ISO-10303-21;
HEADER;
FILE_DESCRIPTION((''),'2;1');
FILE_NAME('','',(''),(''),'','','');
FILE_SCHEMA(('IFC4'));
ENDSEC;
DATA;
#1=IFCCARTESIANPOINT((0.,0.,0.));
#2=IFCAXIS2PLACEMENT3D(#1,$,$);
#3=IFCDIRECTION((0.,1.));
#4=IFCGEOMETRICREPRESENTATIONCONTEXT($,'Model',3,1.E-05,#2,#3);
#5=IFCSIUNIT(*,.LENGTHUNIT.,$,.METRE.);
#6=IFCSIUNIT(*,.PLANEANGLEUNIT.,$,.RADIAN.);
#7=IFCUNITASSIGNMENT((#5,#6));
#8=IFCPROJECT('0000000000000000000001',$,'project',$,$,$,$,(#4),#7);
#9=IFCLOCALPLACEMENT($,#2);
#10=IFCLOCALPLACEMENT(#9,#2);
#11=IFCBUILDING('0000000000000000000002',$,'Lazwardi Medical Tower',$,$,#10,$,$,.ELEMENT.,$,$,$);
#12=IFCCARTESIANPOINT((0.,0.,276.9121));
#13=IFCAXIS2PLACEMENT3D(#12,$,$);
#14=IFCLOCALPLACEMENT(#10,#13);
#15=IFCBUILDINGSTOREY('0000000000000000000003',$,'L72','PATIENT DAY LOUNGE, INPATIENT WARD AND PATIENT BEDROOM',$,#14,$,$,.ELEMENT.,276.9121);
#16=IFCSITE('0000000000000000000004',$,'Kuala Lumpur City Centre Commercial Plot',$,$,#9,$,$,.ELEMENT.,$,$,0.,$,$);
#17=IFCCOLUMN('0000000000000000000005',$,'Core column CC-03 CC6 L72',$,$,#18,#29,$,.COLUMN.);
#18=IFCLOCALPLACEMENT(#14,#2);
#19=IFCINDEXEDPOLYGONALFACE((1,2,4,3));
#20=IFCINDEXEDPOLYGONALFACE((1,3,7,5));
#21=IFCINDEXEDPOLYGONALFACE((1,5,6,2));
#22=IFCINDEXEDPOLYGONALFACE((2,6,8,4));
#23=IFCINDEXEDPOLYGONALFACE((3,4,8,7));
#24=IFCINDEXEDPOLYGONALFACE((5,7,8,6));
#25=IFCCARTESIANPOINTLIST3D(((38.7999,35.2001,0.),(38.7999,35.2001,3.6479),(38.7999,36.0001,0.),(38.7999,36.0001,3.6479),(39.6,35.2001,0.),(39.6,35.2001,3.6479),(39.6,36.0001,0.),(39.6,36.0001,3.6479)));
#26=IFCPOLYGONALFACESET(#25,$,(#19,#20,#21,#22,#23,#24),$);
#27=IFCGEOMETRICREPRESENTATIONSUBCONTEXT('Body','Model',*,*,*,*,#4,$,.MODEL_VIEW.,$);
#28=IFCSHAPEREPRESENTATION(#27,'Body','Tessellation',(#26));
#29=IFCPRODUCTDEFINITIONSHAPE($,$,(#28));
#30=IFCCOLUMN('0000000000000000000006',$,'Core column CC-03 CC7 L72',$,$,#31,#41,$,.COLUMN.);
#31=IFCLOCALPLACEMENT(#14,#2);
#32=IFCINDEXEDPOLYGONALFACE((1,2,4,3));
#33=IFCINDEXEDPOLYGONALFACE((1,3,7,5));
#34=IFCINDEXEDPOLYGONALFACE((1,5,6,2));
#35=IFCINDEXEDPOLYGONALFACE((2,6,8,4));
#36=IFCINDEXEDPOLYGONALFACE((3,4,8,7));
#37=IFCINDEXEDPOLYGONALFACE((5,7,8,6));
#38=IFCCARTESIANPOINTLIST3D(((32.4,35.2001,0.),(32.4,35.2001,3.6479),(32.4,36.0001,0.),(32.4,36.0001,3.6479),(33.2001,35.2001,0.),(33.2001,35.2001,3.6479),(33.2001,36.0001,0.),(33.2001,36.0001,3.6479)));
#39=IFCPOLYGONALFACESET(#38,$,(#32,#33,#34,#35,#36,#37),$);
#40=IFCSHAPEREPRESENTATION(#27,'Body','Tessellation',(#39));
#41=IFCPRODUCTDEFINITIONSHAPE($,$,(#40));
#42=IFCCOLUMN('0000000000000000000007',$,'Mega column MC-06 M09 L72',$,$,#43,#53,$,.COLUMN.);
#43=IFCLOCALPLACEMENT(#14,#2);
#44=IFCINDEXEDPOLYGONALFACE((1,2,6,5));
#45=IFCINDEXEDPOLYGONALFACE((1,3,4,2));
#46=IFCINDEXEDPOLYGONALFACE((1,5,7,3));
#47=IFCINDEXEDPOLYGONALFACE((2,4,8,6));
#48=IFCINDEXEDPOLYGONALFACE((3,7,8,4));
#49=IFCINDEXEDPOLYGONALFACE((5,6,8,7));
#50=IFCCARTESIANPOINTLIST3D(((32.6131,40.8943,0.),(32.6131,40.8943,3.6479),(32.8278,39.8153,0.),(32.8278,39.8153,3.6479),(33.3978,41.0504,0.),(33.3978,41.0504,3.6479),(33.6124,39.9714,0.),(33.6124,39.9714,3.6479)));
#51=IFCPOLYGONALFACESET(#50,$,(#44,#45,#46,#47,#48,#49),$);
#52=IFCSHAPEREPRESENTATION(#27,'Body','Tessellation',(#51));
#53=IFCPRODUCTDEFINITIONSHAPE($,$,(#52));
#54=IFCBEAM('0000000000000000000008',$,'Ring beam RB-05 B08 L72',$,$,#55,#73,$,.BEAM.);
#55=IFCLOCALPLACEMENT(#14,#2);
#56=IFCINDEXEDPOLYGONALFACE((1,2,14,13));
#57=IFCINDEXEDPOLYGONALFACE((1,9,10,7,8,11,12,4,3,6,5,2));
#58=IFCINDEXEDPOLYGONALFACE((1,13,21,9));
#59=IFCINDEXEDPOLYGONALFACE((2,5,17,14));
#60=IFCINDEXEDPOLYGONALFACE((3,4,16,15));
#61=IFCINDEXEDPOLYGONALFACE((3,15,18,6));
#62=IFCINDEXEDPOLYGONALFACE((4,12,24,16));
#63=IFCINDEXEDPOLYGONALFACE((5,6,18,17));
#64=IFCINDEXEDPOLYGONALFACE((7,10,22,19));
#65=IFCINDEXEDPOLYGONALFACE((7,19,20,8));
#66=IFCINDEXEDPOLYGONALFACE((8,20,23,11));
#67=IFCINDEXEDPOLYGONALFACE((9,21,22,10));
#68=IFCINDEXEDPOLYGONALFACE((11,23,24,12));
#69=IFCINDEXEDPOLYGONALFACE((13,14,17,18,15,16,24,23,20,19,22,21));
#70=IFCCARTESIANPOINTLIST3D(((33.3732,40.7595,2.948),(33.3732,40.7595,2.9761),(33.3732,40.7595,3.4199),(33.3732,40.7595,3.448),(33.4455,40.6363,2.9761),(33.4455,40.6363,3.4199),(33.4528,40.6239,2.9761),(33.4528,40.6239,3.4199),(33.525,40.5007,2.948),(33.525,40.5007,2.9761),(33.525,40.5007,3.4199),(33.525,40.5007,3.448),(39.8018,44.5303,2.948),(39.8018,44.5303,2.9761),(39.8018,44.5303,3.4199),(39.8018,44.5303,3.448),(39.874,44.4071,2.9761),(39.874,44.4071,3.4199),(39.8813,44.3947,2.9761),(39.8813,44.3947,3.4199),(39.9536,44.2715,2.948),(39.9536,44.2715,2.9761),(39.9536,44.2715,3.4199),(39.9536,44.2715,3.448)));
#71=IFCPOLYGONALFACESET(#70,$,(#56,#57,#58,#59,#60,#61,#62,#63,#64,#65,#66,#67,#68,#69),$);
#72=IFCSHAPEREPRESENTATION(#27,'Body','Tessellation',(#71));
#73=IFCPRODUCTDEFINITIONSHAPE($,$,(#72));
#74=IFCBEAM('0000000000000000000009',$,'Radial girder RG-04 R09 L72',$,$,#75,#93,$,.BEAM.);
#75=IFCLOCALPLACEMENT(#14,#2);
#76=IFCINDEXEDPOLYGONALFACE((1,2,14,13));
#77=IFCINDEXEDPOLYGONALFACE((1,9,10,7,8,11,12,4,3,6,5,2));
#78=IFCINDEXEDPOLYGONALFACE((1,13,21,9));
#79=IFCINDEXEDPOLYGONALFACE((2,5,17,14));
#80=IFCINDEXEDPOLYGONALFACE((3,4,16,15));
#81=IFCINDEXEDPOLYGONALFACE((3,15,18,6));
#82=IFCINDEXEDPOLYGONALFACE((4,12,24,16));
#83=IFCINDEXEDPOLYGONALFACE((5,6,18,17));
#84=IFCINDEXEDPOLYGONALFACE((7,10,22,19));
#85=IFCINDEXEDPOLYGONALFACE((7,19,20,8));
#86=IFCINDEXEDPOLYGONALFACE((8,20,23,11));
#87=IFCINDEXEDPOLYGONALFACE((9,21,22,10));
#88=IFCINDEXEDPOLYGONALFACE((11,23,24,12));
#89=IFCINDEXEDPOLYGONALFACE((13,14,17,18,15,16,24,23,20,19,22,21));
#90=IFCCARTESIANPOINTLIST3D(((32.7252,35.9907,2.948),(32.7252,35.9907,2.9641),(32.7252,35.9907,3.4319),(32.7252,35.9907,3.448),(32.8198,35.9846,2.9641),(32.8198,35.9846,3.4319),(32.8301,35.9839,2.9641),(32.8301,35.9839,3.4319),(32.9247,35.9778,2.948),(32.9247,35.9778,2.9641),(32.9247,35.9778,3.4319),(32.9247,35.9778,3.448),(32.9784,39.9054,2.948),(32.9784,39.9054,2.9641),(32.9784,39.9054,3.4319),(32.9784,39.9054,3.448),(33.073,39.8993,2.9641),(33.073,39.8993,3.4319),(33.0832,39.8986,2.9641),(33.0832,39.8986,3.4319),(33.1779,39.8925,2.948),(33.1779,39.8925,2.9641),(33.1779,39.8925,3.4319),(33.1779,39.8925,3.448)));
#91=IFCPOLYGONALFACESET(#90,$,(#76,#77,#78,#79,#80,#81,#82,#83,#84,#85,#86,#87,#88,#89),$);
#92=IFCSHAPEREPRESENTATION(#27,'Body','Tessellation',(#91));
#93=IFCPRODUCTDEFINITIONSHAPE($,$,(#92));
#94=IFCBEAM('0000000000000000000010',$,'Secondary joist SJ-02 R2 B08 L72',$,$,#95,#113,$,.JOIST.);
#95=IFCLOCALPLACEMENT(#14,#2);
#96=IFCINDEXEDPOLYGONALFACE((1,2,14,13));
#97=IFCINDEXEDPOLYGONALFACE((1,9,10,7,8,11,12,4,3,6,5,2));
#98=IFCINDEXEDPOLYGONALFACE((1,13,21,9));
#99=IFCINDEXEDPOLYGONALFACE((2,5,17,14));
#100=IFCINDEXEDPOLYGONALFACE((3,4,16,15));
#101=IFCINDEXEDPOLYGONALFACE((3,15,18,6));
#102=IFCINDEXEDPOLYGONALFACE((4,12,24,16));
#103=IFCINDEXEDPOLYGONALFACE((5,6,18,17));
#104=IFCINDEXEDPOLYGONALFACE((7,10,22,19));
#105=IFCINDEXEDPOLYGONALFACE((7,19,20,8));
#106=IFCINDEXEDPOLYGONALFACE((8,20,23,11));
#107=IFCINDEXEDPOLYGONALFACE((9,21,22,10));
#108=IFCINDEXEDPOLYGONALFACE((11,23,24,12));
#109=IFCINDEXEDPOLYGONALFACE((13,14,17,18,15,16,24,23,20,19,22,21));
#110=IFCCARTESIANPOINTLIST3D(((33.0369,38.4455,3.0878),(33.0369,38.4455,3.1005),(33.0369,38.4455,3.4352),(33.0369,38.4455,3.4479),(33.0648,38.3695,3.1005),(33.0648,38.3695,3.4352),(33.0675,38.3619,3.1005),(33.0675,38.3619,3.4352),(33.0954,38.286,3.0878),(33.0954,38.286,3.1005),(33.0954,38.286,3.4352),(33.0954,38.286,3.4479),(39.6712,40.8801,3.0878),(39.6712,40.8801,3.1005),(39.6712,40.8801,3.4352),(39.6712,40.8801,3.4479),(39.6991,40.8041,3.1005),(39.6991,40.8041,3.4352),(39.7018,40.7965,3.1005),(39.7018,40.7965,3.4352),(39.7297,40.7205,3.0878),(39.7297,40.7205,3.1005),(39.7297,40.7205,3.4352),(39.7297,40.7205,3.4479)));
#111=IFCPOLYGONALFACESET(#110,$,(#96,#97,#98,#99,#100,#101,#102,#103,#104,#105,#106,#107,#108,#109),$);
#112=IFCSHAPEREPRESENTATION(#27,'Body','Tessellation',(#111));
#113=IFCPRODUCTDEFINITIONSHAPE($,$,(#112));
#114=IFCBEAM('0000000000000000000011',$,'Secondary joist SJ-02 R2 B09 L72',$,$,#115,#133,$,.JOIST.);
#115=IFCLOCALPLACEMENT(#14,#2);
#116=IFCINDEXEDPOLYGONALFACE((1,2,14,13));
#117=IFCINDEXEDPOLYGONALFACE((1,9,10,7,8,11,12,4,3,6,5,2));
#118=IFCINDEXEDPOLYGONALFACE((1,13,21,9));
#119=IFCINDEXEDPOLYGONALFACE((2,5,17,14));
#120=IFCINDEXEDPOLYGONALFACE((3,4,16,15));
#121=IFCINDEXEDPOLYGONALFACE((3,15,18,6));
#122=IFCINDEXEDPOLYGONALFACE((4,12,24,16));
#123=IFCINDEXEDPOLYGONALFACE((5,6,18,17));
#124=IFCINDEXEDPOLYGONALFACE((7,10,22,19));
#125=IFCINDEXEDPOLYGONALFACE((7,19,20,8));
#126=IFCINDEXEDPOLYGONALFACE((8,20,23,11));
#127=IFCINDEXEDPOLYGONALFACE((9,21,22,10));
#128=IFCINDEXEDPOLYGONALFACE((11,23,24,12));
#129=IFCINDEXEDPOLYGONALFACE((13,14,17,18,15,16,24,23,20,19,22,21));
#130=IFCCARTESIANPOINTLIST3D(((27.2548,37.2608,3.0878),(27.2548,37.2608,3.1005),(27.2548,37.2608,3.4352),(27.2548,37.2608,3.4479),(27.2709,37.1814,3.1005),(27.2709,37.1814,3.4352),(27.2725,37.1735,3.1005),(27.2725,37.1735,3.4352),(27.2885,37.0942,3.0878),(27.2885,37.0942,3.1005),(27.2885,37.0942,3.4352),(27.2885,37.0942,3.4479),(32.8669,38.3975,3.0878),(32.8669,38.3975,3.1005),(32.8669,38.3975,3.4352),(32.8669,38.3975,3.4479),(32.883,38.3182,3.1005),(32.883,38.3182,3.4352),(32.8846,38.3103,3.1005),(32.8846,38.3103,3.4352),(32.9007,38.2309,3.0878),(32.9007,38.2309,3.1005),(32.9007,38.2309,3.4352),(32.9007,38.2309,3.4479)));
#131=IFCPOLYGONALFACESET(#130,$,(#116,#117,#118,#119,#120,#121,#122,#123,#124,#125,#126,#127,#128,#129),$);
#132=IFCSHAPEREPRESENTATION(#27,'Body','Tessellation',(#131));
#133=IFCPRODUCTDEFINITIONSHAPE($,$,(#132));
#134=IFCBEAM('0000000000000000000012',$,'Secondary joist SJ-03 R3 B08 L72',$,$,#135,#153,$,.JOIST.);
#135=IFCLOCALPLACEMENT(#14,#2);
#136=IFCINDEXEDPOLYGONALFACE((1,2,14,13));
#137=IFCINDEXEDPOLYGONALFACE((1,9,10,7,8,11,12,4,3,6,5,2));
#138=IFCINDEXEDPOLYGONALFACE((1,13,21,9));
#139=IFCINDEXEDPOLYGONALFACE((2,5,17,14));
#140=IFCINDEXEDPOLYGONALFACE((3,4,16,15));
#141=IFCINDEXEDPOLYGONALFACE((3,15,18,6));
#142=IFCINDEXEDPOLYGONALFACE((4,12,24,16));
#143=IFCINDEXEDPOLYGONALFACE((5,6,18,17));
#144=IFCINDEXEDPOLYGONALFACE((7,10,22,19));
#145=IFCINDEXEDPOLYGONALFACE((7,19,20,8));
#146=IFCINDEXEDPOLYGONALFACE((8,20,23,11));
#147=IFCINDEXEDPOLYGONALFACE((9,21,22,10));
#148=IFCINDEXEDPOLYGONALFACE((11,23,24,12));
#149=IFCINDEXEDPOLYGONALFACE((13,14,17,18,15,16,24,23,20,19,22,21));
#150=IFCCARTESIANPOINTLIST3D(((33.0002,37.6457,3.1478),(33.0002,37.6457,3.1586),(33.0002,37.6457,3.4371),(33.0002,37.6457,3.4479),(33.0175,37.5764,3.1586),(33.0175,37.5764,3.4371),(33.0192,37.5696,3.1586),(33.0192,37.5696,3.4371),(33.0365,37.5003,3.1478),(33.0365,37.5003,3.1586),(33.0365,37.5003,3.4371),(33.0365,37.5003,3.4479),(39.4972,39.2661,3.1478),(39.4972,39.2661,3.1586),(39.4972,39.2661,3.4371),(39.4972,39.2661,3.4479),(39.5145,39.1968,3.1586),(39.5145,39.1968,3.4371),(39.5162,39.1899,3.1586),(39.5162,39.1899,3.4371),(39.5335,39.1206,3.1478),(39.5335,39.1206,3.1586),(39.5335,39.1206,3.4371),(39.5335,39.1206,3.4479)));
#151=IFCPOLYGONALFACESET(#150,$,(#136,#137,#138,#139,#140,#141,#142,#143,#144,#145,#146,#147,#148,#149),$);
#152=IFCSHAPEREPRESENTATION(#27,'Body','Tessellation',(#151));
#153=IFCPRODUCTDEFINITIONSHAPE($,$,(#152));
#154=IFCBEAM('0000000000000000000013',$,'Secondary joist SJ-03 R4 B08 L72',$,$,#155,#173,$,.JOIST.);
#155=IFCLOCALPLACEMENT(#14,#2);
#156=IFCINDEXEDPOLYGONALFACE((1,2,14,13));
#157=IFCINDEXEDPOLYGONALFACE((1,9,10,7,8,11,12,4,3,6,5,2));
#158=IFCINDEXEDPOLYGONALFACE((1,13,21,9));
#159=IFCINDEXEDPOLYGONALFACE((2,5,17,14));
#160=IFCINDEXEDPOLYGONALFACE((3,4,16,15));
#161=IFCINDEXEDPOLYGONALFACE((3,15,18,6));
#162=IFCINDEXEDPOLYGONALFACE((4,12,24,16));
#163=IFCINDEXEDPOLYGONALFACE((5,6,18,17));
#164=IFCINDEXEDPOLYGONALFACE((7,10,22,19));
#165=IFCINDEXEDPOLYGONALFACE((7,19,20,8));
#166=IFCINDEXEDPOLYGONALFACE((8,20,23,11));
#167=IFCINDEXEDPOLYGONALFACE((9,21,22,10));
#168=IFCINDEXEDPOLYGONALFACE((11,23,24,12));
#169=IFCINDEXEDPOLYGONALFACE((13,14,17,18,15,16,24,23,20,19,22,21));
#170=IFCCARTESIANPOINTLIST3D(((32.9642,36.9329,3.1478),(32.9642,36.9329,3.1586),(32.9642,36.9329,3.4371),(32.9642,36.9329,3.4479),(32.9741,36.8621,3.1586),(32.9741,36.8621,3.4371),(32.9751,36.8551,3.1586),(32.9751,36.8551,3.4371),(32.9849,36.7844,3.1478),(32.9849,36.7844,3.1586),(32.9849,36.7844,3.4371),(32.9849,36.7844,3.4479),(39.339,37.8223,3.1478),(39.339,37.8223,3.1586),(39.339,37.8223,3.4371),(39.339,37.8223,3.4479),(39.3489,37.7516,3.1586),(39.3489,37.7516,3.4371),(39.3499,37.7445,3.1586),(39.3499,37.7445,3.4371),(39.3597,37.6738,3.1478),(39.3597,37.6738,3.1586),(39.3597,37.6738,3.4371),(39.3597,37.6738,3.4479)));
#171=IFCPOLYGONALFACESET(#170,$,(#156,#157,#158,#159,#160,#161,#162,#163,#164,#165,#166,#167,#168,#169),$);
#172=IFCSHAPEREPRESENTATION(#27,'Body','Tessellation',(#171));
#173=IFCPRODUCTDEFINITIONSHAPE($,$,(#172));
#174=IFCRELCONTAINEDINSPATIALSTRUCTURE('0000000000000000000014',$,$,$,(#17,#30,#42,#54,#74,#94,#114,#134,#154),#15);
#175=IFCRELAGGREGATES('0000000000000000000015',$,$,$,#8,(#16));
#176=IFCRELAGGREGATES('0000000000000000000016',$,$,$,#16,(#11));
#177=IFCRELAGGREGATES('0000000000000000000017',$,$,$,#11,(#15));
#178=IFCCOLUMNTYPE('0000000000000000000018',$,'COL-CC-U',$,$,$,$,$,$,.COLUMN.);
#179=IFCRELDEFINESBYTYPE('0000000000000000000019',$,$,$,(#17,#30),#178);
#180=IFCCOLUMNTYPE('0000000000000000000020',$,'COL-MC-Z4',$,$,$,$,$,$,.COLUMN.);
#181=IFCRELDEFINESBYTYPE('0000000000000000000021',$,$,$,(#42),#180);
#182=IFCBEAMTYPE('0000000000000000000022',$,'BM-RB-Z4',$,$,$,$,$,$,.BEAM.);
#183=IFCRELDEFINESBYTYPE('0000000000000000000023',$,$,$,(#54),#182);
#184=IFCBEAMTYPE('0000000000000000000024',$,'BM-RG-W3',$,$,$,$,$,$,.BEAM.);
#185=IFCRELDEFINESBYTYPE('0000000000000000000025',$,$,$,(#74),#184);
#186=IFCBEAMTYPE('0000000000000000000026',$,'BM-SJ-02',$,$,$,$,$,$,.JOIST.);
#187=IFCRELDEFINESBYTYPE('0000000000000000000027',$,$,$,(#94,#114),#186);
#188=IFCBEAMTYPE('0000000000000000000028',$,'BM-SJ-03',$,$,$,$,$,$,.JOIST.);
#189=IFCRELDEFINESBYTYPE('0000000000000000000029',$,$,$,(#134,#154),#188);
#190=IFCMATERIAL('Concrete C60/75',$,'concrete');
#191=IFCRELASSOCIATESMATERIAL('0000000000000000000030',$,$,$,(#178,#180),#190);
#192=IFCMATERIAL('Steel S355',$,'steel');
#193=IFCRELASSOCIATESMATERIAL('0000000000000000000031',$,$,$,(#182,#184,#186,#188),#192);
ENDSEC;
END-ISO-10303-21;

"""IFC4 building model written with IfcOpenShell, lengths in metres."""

from ifc_helpers import new_model, si_unit, direction, frame, origin, origin_2d, place, context, subcontext, project, spatial, rectangle, i_section, extrude, material, material_profile, profile_set, type_object, element, save


model = new_model("IFC4")

# Units and contexts
model_context = context("Model", 3, precision=1e-05, world=origin(), true_north=direction((0.0, 1.0)))
body_context = subcontext(model_context, "Body", "Model", "MODEL_VIEW")
ifc_project = project(units=[si_unit("LENGTHUNIT", "METRE"), si_unit("PLANEANGLEUNIT", "RADIAN")], contexts=[model_context])

# Site, building, storey
site_placement = place(None, origin())
site = spatial("IfcSite", under=ifc_project, at=site_placement, Name="Kuala Lumpur City Centre Commercial Plot", CompositionType="ELEMENT", RefElevation=0.0)
building_placement = place(site_placement, origin())
building = spatial("IfcBuilding", under=site, at=building_placement, Name="Lazwardi Medical Tower", CompositionType="ELEMENT")
storey_placement = place(building_placement, frame((0.0, 0.0, 276.9121)))
storey = spatial("IfcBuildingStorey", under=building, at=storey_placement, Name="L72", Description="PATIENT DAY LOUNGE, INPATIENT WARD AND PATIENT BEDROOM", CompositionType="ELEMENT", Elevation=276.9121)

# Columns
ifc_material_1 = material(Name="Concrete C60/75", Category="concrete")
ifc_material_profile_1 = material_profile(ifc_material_1, rectangle(XDim=0.8, YDim=0.8, at=origin_2d()), Name="RC 800x800")
ifc_profile_set_1 = profile_set([ifc_material_profile_1], Name="Concrete C60/75")
column_type_1 = type_object("IfcColumnType", Name="COL-CC-U", PredefinedType="COLUMN", material=ifc_profile_set_1)
for number, where, z_axis, x_axis, name in (
    (1, (39.2, 35.6001, 0.0), (0.0, 0.0, 1.0), (1.0, 0.0, 0.0), "Core column CC-03 CC6 L72"),
    (2, (32.8, 35.6001, 0.0), (0.0, 0.0, 1.0), (1.0, 0.0, 0.0), "Core column CC-03 CC7 L72"),
):
    element("IfcColumn", number, at=place(storey_placement, frame(where, z_axis=z_axis, x_axis=x_axis)), inside=storey, type_object=column_type_1, Name=name, PredefinedType="COLUMN", context=body_context, shape_type="SweptSolid", body=[
        extrude(rectangle(XDim=0.8, YDim=0.8, at=origin_2d()), origin(), (0.0, 0.0, 1.0), 3.6479),
    ])
ifc_material_profile_2 = material_profile(ifc_material_1, rectangle(XDim=1.1001, YDim=0.8, at=origin_2d()), Name="CFT-RECT 1100x800")
ifc_profile_set_2 = profile_set([ifc_material_profile_2], Name="Concrete C60/75")
column_type_2 = type_object("IfcColumnType", Name="COL-MC-Z4", PredefinedType="COLUMN", material=ifc_profile_set_2)
column_placement = place(storey_placement, frame((33.1128, 40.4329, 0.0), z_axis=(0.0, 0.0, 1.0), x_axis=(-0.19509, 0.980785, 0.0)))
element("IfcColumn", 3, at=column_placement, inside=storey, type_object=column_type_2, Name="Mega column MC-06 M09 L72", PredefinedType="COLUMN", context=body_context, shape_type="SweptSolid", body=[
    extrude(rectangle(XDim=1.1001, YDim=0.8, at=origin_2d()), origin(), (0.0, 0.0, 1.0), 3.6479),
])

# Beams
ifc_material_2 = material(Name="Steel S355", Category="steel")
ifc_material_profile_3 = material_profile(ifc_material_2, i_section(OverallWidth=0.3, OverallDepth=0.5, WebThickness=0.0144, FlangeThickness=0.0281, at=origin_2d()), Name="HEB 500")
ifc_profile_set_3 = profile_set([ifc_material_profile_3], Name="Steel S355")
beam_type_1 = type_object("IfcBeamType", Name="BM-RB-Z4", PredefinedType="BEAM", material=ifc_profile_set_3)
beam_1_placement = place(storey_placement, frame((39.8777, 44.4009, 3.198), z_axis=(-0.862561, -0.505953, 0.0), x_axis=(0.505953, -0.862561, 0.0)))
element("IfcBeam", 4, at=beam_1_placement, inside=storey, type_object=beam_type_1, Name="Ring beam RB-05 B08 L72", PredefinedType="BEAM", context=body_context, shape_type="SweptSolid", body=[
    extrude(i_section(OverallWidth=0.3, OverallDepth=0.5, WebThickness=0.0144, FlangeThickness=0.0281, at=origin_2d()), origin(), (0.0, 0.0, 1.0), 7.4529),
])
ifc_material_profile_4 = material_profile(ifc_material_2, i_section(OverallWidth=0.2, OverallDepth=0.5, WebThickness=0.0103, FlangeThickness=0.0161, at=origin_2d()), Name="IPE 500")
ifc_profile_set_4 = profile_set([ifc_material_profile_4], Name="Steel S355")
beam_type_2 = type_object("IfcBeamType", Name="BM-RG-W3", PredefinedType="BEAM", material=ifc_profile_set_4)
beam_2_placement = place(storey_placement, frame((33.0781, 39.8989, 3.198), z_axis=(-0.064536, -0.997915, 0.0), x_axis=(0.997915, -0.064536, 0.0)))
element("IfcBeam", 5, at=beam_2_placement, inside=storey, type_object=beam_type_2, Name="Radial girder RG-04 R09 L72", PredefinedType="BEAM", context=body_context, shape_type="SweptSolid", body=[
    extrude(i_section(OverallWidth=0.2, OverallDepth=0.5, WebThickness=0.0103, FlangeThickness=0.0161, at=origin_2d()), origin(), (0.0, 0.0, 1.0), 3.9229),
])
ifc_material_profile_5 = material_profile(ifc_material_2, i_section(OverallWidth=0.1699, OverallDepth=0.3601, WebThickness=0.0081, FlangeThickness=0.0127, at=origin_2d()), Name="IPE 360")
ifc_profile_set_5 = profile_set([ifc_material_profile_5], Name="Steel S355")
beam_type_3 = type_object("IfcBeamType", Name="BM-SJ-02", PredefinedType="JOIST", material=ifc_profile_set_5)
beam_3_placement = place(storey_placement, frame((39.7004, 40.8003, 3.2678), z_axis=(-0.938785, -0.344504, 0.0), x_axis=(0.344504, -0.938785, 0.0)))
element("IfcBeam", 6, at=beam_3_placement, inside=storey, type_object=beam_type_3, Name="Secondary joist SJ-02 R2 B08 L72", PredefinedType="JOIST", context=body_context, shape_type="SweptSolid", body=[
    extrude(i_section(OverallWidth=0.1699, OverallDepth=0.3601, WebThickness=0.0081, FlangeThickness=0.0127, at=origin_2d()), origin(), (0.0, 0.0, 1.0), 7.0669),
])
beam_4_placement = place(storey_placement, frame((32.8838, 38.3142, 3.2678), z_axis=(-0.980097, -0.198518, 0.0), x_axis=(0.198518, -0.980097, 0.0)))
element("IfcBeam", 7, at=beam_4_placement, inside=storey, type_object=beam_type_3, Name="Secondary joist SJ-02 R2 B09 L72", PredefinedType="JOIST", context=body_context, shape_type="SweptSolid", body=[
    extrude(i_section(OverallWidth=0.1699, OverallDepth=0.3601, WebThickness=0.0081, FlangeThickness=0.0127, at=origin_2d()), origin(), (0.0, 0.0, 1.0), 5.7261),
])
ifc_material_profile_6 = material_profile(ifc_material_2, i_section(OverallWidth=0.1499, OverallDepth=0.3, WebThickness=0.0071, FlangeThickness=0.0107, at=origin_2d()), Name="IPE 300")
ifc_profile_set_6 = profile_set([ifc_material_profile_6], Name="Steel S355")
beam_type_4 = type_object("IfcBeamType", Name="BM-SJ-03", PredefinedType="JOIST", material=ifc_profile_set_6)
beam_5_placement = place(storey_placement, frame((39.5154, 39.1934, 3.2979), z_axis=(-0.97028, -0.241987, 0.0), x_axis=(0.241987, -0.97028, 0.0)))
element("IfcBeam", 8, at=beam_5_placement, inside=storey, type_object=beam_type_4, Name="Secondary joist SJ-03 R3 B08 L72", PredefinedType="JOIST", context=body_context, shape_type="SweptSolid", body=[
    extrude(i_section(OverallWidth=0.1499, OverallDepth=0.3, WebThickness=0.0071, FlangeThickness=0.0107, at=origin_2d()), origin(), (0.0, 0.0, 1.0), 6.696),
])
beam_6_placement = place(storey_placement, frame((39.3494, 37.748, 3.2979), z_axis=(-0.990407, -0.138181, 0.0), x_axis=(0.138181, -0.990407, 0.0)))
element("IfcBeam", 9, at=beam_6_placement, inside=storey, type_object=beam_type_4, Name="Secondary joist SJ-03 R4 B08 L72", PredefinedType="JOIST", context=body_context, shape_type="SweptSolid", body=[
    extrude(i_section(OverallWidth=0.1499, OverallDepth=0.3, WebThickness=0.0071, FlangeThickness=0.0107, at=origin_2d()), origin(), (0.0, 0.0, 1.0), 6.4365),
])

save(model, "model.ifc")
